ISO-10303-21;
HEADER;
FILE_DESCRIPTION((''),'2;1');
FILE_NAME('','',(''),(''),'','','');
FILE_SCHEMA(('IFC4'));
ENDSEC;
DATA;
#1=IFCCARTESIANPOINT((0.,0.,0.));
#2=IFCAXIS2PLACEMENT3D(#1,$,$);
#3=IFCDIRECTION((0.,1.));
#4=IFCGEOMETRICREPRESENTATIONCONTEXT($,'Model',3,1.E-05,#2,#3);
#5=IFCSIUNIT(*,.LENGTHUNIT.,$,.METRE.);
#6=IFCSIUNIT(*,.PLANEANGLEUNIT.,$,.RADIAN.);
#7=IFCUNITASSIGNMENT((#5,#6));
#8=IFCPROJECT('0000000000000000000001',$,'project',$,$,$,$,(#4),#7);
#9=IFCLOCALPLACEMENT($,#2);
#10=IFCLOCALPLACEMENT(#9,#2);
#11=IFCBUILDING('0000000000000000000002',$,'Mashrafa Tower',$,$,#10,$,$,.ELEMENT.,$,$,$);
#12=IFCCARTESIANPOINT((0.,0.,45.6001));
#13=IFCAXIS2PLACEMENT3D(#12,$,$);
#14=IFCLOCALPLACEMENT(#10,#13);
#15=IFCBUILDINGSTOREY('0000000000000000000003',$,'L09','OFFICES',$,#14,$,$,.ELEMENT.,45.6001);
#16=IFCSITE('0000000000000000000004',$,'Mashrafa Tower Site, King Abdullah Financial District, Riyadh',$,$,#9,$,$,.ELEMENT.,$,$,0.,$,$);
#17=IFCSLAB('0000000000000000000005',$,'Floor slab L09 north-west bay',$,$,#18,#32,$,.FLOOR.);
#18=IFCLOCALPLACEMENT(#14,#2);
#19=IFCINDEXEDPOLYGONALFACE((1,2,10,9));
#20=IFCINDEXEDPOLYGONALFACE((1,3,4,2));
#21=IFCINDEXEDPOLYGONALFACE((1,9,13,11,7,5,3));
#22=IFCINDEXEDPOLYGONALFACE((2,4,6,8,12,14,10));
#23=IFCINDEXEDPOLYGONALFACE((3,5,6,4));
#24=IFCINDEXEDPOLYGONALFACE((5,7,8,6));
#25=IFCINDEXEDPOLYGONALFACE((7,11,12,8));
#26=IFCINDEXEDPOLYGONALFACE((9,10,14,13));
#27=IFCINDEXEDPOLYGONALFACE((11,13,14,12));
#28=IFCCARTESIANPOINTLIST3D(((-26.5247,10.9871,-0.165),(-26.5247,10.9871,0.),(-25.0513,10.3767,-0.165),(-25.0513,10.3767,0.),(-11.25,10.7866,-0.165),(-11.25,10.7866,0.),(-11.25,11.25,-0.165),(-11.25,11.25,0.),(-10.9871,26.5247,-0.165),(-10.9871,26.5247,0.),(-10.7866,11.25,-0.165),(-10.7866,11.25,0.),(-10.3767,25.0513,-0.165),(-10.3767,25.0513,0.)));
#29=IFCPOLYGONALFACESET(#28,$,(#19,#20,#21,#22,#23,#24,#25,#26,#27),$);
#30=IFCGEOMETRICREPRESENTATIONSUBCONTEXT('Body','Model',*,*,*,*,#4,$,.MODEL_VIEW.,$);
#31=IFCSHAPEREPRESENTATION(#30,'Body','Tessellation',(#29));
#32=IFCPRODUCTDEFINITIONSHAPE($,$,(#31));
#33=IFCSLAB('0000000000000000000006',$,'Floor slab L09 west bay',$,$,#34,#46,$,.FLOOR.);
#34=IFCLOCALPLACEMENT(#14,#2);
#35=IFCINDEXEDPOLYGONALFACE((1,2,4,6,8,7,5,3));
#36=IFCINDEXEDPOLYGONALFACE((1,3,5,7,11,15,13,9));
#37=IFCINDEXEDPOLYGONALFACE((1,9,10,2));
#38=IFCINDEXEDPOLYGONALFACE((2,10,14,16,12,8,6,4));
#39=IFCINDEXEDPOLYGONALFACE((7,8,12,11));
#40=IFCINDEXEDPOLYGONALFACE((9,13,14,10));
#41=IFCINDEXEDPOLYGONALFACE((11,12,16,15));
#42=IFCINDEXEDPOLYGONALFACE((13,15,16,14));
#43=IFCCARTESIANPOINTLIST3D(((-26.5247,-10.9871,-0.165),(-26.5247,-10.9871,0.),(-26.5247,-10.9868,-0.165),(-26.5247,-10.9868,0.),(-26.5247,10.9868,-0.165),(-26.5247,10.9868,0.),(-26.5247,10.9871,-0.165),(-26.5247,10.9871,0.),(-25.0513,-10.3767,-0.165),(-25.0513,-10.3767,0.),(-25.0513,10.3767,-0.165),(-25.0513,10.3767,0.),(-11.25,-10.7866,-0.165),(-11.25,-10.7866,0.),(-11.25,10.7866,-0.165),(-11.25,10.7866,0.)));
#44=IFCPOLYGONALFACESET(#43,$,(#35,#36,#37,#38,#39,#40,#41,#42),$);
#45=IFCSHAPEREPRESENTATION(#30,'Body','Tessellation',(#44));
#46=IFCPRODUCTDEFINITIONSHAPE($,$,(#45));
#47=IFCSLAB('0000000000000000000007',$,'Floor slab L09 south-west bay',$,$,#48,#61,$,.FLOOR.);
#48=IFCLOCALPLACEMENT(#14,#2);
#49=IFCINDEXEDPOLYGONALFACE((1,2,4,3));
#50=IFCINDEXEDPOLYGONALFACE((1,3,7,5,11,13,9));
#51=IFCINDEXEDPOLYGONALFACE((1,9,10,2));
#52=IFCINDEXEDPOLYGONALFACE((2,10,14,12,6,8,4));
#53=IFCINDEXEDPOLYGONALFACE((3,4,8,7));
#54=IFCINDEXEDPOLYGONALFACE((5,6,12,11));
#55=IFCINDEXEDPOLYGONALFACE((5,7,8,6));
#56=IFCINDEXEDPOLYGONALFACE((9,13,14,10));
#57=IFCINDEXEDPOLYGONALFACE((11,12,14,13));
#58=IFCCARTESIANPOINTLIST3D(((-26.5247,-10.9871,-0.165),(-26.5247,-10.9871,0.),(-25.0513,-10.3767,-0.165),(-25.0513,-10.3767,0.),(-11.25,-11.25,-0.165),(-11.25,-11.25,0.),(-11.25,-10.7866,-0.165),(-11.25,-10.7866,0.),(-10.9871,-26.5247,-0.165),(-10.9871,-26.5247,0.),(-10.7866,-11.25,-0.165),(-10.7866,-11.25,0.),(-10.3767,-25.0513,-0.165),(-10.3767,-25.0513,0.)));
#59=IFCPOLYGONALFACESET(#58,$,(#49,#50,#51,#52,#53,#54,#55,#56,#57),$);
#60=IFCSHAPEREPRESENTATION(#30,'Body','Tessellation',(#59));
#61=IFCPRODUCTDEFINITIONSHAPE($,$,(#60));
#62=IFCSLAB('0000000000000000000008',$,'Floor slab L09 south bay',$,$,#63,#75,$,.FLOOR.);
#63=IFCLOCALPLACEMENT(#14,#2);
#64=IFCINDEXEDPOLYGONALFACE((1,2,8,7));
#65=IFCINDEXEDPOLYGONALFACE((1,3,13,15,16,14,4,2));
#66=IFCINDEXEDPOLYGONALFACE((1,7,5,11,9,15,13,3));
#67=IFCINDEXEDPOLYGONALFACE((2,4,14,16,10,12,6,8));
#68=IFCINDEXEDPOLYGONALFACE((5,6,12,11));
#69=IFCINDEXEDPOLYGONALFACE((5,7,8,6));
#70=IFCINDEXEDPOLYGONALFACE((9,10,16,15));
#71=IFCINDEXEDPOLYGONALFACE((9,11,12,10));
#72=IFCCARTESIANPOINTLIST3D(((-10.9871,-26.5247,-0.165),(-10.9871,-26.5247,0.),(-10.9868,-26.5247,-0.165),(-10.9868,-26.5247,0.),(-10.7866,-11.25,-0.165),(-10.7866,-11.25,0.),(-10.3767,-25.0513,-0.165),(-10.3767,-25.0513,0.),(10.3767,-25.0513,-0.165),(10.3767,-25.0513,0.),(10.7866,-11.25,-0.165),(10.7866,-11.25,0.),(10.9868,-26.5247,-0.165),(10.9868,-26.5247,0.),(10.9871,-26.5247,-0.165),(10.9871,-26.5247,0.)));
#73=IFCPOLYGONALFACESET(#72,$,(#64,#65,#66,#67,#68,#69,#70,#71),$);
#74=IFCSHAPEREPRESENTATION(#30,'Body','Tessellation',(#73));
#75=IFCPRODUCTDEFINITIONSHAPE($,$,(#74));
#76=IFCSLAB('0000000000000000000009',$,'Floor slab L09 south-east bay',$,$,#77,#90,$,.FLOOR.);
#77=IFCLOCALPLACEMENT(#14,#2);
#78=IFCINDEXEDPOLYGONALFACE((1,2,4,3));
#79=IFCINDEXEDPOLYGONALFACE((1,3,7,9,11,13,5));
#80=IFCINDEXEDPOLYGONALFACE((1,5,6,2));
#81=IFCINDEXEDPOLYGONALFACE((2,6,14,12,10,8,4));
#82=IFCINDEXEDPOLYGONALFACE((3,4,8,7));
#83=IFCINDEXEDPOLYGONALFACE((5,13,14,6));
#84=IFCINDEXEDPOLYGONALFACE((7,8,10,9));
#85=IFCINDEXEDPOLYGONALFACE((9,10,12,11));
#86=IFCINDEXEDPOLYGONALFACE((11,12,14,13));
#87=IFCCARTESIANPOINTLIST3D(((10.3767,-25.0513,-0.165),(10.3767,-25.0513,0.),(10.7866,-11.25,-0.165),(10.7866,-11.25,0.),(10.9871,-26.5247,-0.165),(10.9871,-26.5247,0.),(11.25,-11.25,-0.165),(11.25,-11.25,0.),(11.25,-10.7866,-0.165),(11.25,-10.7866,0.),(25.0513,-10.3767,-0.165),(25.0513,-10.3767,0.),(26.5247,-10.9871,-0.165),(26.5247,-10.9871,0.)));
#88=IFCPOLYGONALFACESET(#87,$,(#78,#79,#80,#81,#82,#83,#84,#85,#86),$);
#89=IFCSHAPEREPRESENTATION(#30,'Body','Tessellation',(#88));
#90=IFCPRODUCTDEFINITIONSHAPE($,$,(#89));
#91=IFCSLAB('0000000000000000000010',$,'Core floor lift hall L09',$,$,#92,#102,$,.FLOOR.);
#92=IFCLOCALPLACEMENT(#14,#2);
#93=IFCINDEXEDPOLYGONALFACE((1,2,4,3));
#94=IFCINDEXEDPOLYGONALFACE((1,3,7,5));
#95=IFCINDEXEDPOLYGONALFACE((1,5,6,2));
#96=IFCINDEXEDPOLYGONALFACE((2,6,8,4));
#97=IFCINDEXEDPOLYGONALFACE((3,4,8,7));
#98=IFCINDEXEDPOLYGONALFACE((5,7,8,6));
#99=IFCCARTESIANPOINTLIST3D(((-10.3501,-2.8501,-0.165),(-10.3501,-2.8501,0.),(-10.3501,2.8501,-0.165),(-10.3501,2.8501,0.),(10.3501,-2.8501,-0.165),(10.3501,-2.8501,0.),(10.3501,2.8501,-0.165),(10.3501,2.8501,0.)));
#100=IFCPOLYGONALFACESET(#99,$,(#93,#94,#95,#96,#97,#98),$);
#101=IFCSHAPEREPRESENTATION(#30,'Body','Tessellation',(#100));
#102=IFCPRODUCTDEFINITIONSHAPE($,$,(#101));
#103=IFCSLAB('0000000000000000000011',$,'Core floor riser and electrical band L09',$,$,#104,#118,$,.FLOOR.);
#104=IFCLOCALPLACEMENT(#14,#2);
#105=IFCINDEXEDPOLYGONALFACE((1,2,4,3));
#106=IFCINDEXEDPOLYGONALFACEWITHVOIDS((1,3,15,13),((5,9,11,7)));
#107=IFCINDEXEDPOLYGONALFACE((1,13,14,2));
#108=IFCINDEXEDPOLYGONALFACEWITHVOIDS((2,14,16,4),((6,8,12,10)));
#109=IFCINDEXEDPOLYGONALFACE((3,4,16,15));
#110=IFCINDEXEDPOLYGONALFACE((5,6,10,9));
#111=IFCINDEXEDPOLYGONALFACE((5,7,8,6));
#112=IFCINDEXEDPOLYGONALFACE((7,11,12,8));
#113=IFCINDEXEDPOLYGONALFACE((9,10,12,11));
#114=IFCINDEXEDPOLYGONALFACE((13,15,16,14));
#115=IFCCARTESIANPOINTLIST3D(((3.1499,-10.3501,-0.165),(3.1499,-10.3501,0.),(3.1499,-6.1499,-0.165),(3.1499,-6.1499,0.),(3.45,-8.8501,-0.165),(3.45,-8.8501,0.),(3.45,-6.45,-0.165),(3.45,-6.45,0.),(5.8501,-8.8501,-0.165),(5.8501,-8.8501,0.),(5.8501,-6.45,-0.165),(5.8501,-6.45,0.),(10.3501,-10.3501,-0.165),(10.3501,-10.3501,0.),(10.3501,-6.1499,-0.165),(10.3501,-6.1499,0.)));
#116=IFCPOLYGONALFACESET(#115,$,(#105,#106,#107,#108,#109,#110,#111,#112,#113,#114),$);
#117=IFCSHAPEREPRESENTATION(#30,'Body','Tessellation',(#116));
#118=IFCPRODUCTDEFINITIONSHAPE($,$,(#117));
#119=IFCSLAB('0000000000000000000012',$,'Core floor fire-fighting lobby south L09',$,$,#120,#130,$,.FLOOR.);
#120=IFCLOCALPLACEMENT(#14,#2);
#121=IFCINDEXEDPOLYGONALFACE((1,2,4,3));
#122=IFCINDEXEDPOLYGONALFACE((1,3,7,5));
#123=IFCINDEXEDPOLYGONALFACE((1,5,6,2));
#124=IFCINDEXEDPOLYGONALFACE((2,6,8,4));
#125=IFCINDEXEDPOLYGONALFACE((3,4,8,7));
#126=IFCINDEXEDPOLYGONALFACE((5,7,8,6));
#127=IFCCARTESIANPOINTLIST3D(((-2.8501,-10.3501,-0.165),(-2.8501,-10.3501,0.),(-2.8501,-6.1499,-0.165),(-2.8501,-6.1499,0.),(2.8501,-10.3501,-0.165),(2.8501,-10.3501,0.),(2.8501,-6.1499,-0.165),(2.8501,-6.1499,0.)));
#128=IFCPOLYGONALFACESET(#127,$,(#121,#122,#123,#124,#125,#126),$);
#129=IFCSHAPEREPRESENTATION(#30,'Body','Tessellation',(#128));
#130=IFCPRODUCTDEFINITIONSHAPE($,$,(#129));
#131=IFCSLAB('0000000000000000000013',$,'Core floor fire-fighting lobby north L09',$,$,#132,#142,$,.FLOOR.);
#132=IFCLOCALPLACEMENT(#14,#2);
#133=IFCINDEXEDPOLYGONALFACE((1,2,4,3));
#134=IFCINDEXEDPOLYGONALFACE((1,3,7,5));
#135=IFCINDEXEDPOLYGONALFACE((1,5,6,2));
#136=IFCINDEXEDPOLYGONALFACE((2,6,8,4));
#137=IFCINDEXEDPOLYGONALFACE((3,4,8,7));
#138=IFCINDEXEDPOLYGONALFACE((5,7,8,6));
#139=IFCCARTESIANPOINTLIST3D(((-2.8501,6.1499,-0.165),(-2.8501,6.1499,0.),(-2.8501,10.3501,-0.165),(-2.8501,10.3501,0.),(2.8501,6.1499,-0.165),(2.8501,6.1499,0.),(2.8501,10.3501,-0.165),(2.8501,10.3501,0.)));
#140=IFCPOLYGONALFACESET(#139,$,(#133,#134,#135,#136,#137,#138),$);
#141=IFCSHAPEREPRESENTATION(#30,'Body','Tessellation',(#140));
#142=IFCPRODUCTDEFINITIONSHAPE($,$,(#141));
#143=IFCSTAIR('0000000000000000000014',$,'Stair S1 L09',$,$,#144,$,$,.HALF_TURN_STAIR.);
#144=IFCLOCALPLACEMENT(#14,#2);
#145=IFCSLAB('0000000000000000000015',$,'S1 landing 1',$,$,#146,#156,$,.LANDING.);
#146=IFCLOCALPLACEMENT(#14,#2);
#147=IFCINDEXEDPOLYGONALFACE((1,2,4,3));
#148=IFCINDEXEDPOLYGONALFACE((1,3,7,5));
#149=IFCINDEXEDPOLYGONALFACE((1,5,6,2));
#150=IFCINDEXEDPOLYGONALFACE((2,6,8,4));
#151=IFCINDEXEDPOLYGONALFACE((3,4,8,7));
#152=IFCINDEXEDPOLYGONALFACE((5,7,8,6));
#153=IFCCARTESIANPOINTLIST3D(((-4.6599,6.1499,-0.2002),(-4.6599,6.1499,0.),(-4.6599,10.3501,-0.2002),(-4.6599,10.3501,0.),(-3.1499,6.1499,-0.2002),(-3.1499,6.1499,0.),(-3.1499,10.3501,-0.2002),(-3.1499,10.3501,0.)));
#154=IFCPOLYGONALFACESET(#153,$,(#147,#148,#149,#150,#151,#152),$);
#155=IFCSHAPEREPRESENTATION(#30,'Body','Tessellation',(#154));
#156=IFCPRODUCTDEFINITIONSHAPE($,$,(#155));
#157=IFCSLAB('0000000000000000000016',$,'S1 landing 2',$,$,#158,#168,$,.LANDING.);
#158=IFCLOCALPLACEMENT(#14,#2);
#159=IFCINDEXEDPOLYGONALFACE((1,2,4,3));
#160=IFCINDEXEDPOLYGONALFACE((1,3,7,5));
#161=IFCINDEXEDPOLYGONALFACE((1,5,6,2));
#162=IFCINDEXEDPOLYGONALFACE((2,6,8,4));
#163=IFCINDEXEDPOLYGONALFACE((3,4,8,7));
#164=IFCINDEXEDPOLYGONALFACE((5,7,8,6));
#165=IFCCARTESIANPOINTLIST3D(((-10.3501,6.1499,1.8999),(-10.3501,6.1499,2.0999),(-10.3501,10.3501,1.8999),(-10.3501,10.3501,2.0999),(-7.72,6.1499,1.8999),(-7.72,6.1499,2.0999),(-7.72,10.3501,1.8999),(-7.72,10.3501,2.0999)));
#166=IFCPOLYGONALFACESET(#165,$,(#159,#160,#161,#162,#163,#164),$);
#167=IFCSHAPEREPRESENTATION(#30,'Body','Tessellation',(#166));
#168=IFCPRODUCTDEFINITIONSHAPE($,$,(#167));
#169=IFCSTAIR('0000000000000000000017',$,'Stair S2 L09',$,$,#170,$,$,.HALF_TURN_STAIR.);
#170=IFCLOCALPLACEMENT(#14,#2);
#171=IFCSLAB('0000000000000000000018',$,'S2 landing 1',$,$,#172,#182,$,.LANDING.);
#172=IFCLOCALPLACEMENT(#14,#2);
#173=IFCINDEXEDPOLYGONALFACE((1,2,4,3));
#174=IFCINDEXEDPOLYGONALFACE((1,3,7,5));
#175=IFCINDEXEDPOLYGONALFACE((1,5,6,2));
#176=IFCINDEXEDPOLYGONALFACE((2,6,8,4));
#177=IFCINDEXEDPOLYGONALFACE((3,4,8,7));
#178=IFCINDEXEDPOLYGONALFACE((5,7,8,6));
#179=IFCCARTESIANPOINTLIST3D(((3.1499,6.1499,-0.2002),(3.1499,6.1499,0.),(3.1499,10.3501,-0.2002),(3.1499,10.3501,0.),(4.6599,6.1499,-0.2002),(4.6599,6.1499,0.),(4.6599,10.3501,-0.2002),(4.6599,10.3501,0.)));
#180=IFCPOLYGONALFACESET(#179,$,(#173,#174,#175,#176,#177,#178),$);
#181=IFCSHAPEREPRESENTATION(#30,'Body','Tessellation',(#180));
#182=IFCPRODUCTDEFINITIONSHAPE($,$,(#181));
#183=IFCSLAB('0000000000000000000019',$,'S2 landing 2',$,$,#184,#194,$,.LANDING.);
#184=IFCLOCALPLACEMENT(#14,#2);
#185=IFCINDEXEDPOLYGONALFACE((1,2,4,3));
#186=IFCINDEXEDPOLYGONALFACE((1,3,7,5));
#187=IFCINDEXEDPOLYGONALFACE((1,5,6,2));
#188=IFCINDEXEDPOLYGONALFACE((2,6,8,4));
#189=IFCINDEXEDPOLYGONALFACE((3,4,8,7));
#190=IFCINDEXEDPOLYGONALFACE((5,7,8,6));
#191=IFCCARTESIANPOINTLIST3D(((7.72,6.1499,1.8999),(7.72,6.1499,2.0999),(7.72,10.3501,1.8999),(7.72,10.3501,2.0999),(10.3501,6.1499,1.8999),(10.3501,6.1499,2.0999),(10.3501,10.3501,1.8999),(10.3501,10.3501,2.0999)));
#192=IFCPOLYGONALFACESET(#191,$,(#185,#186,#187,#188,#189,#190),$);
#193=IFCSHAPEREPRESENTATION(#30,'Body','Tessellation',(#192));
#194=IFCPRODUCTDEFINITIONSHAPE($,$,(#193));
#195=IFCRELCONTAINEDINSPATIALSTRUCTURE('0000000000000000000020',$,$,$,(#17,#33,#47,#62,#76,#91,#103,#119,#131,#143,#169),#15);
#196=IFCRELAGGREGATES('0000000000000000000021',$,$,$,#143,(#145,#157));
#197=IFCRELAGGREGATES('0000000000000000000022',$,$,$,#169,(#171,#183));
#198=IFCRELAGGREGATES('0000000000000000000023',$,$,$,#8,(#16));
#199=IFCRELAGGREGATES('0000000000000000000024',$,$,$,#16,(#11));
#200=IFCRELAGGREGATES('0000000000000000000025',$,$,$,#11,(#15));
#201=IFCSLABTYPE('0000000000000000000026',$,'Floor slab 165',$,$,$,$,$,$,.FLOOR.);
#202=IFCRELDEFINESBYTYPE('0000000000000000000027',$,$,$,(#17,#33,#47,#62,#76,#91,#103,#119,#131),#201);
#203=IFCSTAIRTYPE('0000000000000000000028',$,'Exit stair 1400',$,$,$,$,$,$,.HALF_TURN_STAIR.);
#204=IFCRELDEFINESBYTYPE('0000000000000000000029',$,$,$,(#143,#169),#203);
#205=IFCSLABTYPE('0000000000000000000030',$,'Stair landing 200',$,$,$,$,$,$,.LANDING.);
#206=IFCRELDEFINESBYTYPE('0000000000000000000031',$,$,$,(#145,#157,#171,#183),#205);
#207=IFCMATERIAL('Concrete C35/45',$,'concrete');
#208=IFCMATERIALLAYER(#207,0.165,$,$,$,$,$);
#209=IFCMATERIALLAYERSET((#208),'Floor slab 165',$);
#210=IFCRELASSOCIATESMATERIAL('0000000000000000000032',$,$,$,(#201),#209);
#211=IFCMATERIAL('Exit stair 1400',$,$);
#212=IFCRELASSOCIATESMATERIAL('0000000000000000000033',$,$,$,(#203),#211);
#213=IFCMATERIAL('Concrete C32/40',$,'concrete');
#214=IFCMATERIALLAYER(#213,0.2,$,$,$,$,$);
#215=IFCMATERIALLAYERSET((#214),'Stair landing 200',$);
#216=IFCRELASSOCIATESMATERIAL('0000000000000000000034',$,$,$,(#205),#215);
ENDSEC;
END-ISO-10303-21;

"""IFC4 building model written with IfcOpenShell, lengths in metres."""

from ifc_helpers import new_model, si_unit, direction, frame, origin, place, context, subcontext, project, spatial, polyline, outline, extrude, material, layer, layer_set, type_object, element, aggregate, save


model = new_model("IFC4")

# Units and contexts
model_context = context("Model", 3, precision=1e-05, world=origin(), true_north=direction((0.0, 1.0)))
body_context = subcontext(model_context, "Body", "Model", "MODEL_VIEW")
ifc_project = project(units=[si_unit("LENGTHUNIT", "METRE"), si_unit("PLANEANGLEUNIT", "RADIAN")], contexts=[model_context])

# Site, building, storey
site_placement = place(None, origin())
site = spatial("IfcSite", under=ifc_project, at=site_placement, Name="Mashrafa Tower Site, King Abdullah Financial District, Riyadh", CompositionType="ELEMENT", RefElevation=0.0)
building_placement = place(site_placement, origin())
building = spatial("IfcBuilding", under=site, at=building_placement, Name="Mashrafa Tower", CompositionType="ELEMENT")
storey_placement = place(building_placement, frame((0.0, 0.0, 45.6001)))
storey = spatial("IfcBuildingStorey", under=building, at=storey_placement, Name="L09", Description="OFFICES", CompositionType="ELEMENT", Elevation=45.6001)

# Slabs
ifc_material_1 = material(Name="Concrete C35/45", Category="concrete")
ifc_layer_1 = layer(ifc_material_1, 0.165)
ifc_layer_set_1 = layer_set([ifc_layer_1], Name="Floor slab 165")
slab_type_1 = type_object("IfcSlabType", Name="Floor slab 165", PredefinedType="FLOOR", material=ifc_layer_set_1)
slab_1_placement = place(storey_placement, frame((0.0, 0.0, -0.165)))
element("IfcSlab", 1, at=slab_1_placement, inside=storey, type_object=slab_type_1, Name="Floor slab L09 north-west bay", PredefinedType="FLOOR", context=body_context, shape_type="SweptSolid", body=[
    extrude(outline(polyline([(-10.9871, 26.5247), (-10.3767, 25.0513), (-10.7866, 11.25), (-11.25, 11.25), (-11.25, 10.7866), (-25.0513, 10.3767), (-26.5247, 10.9871), (-10.9871, 26.5247)])), origin(), (0.0, 0.0, 1.0), 0.165),
])
slab_2_placement = place(storey_placement, frame((0.0, 0.0, -0.165)))
element("IfcSlab", 2, at=slab_2_placement, inside=storey, type_object=slab_type_1, Name="Floor slab L09 west bay", PredefinedType="FLOOR", context=body_context, shape_type="SweptSolid", body=[
    extrude(outline(polyline([(-26.5247, -10.9868), (-26.5247, 10.9868), (-26.5247, 10.9871), (-25.0513, 10.3767), (-11.25, 10.7866), (-11.25, -10.7866), (-25.0513, -10.3767), (-26.5247, -10.9871), (-26.5247, -10.9868)])), origin(), (0.0, 0.0, 1.0), 0.165),
])
slab_3_placement = place(storey_placement, frame((0.0, 0.0, -0.165)))
element("IfcSlab", 3, at=slab_3_placement, inside=storey, type_object=slab_type_1, Name="Floor slab L09 south-west bay", PredefinedType="FLOOR", context=body_context, shape_type="SweptSolid", body=[
    extrude(outline(polyline([(-26.5247, -10.9871), (-25.0513, -10.3767), (-11.25, -10.7866), (-11.25, -11.25), (-10.7866, -11.25), (-10.3767, -25.0513), (-10.9871, -26.5247), (-26.5247, -10.9871)])), origin(), (0.0, 0.0, 1.0), 0.165),
])
slab_4_placement = place(storey_placement, frame((0.0, 0.0, -0.165)))
element("IfcSlab", 4, at=slab_4_placement, inside=storey, type_object=slab_type_1, Name="Floor slab L09 south bay", PredefinedType="FLOOR", context=body_context, shape_type="SweptSolid", body=[
    extrude(outline(polyline([(-10.9868, -26.5247), (-10.9871, -26.5247), (-10.3767, -25.0513), (-10.7866, -11.25), (10.7866, -11.25), (10.3767, -25.0513), (10.9871, -26.5247), (10.9868, -26.5247), (-10.9868, -26.5247)])), origin(), (0.0, 0.0, 1.0), 0.165),
])
slab_5_placement = place(storey_placement, frame((0.0, 0.0, -0.165)))
element("IfcSlab", 5, at=slab_5_placement, inside=storey, type_object=slab_type_1, Name="Floor slab L09 south-east bay", PredefinedType="FLOOR", context=body_context, shape_type="SweptSolid", body=[
    extrude(outline(polyline([(10.9871, -26.5247), (10.3767, -25.0513), (10.7866, -11.25), (11.25, -11.25), (11.25, -10.7866), (25.0513, -10.3767), (26.5247, -10.9871), (10.9871, -26.5247)])), origin(), (0.0, 0.0, 1.0), 0.165),
])
slab_6_placement = place(storey_placement, frame((0.0, 0.0, -0.165)))
element("IfcSlab", 6, at=slab_6_placement, inside=storey, type_object=slab_type_1, Name="Core floor lift hall L09", PredefinedType="FLOOR", context=body_context, shape_type="SweptSolid", body=[
    extrude(outline(polyline([(-10.3501, 2.8501), (10.3501, 2.8501), (10.3501, -2.8501), (-10.3501, -2.8501), (-10.3501, 2.8501)])), origin(), (0.0, 0.0, 1.0), 0.165),
])
slab_7_placement = place(storey_placement, frame((0.0, 0.0, -0.165)))
element("IfcSlab", 7, at=slab_7_placement, inside=storey, type_object=slab_type_1, Name="Core floor riser and electrical band L09", PredefinedType="FLOOR", context=body_context, shape_type="SweptSolid", body=[
    extrude(outline(polyline([(10.3501, -6.1499), (10.3501, -10.3501), (3.1499, -10.3501), (3.1499, -6.1499), (10.3501, -6.1499)]), holes=[polyline([(3.45, -8.8501), (5.8501, -8.8501), (5.8501, -6.45), (3.45, -6.45), (3.45, -8.8501)])]), origin(), (0.0, 0.0, 1.0), 0.165),
])
slab_8_placement = place(storey_placement, frame((0.0, 0.0, -0.165)))
element("IfcSlab", 8, at=slab_8_placement, inside=storey, type_object=slab_type_1, Name="Core floor fire-fighting lobby south L09", PredefinedType="FLOOR", context=body_context, shape_type="SweptSolid", body=[
    extrude(outline(polyline([(2.8501, -6.1499), (2.8501, -10.3501), (-2.8501, -10.3501), (-2.8501, -6.1499), (2.8501, -6.1499)])), origin(), (0.0, 0.0, 1.0), 0.165),
])
slab_9_placement = place(storey_placement, frame((0.0, 0.0, -0.165)))
element("IfcSlab", 9, at=slab_9_placement, inside=storey, type_object=slab_type_1, Name="Core floor fire-fighting lobby north L09", PredefinedType="FLOOR", context=body_context, shape_type="SweptSolid", body=[
    extrude(outline(polyline([(-2.8501, 10.3501), (2.8501, 10.3501), (2.8501, 6.1499), (-2.8501, 6.1499), (-2.8501, 10.3501)])), origin(), (0.0, 0.0, 1.0), 0.165),
])

# Stairs, slabs
ifc_material_2 = material(Name="Exit stair 1400")
stair_type = type_object("IfcStairType", Name="Exit stair 1400", PredefinedType="HALF_TURN_STAIR", material=ifc_material_2)
stair_1_placement = place(storey_placement, origin())
stair_1 = element("IfcStair", 10, at=stair_1_placement, inside=storey, type_object=stair_type, Name="Stair S1 L09", PredefinedType="HALF_TURN_STAIR")
ifc_material_3 = material(Name="Concrete C32/40", Category="concrete")
ifc_layer_2 = layer(ifc_material_3, 0.2)
ifc_layer_set_2 = layer_set([ifc_layer_2], Name="Stair landing 200")
slab_type_2 = type_object("IfcSlabType", Name="Stair landing 200", PredefinedType="LANDING", material=ifc_layer_set_2)
slab_10_placement = place(storey_placement, frame((0.0, 0.0, -0.2002)))
slab_10 = element("IfcSlab", 11, at=slab_10_placement, type_object=slab_type_2, Name="S1 landing 1", PredefinedType="LANDING", context=body_context, shape_type="SweptSolid", body=[
    extrude(outline(polyline([(-4.6599, 6.1499), (-3.1499, 6.1499), (-3.1499, 10.3501), (-4.6599, 10.3501), (-4.6599, 6.1499)])), origin(), (0.0, 0.0, 1.0), 0.2002),
])
slab_11_placement = place(storey_placement, frame((0.0, 0.0, 1.8999)))
slab_11 = element("IfcSlab", 12, at=slab_11_placement, type_object=slab_type_2, Name="S1 landing 2", PredefinedType="LANDING", context=body_context, shape_type="SweptSolid", body=[
    extrude(outline(polyline([(-10.3501, 6.1499), (-7.72, 6.1499), (-7.72, 10.3501), (-10.3501, 10.3501), (-10.3501, 6.1499)])), origin(), (0.0, 0.0, 1.0), 0.2),
])
aggregate(stair_1, [slab_10, slab_11])
stair_2_placement = place(storey_placement, origin())
stair_2 = element("IfcStair", 13, at=stair_2_placement, inside=storey, type_object=stair_type, Name="Stair S2 L09", PredefinedType="HALF_TURN_STAIR")
slab_12_placement = place(storey_placement, frame((0.0, 0.0, -0.2002)))
slab_12 = element("IfcSlab", 14, at=slab_12_placement, type_object=slab_type_2, Name="S2 landing 1", PredefinedType="LANDING", context=body_context, shape_type="SweptSolid", body=[
    extrude(outline(polyline([(3.1499, 6.1499), (4.6599, 6.1499), (4.6599, 10.3501), (3.1499, 10.3501), (3.1499, 6.1499)])), origin(), (0.0, 0.0, 1.0), 0.2002),
])
slab_13_placement = place(storey_placement, frame((0.0, 0.0, 1.8999)))
slab_13 = element("IfcSlab", 15, at=slab_13_placement, type_object=slab_type_2, Name="S2 landing 2", PredefinedType="LANDING", context=body_context, shape_type="SweptSolid", body=[
    extrude(outline(polyline([(7.72, 6.1499), (10.3501, 6.1499), (10.3501, 10.3501), (7.72, 10.3501), (7.72, 6.1499)])), origin(), (0.0, 0.0, 1.0), 0.2),
])
aggregate(stair_2, [slab_12, slab_13])

save(model, "model.ifc")
